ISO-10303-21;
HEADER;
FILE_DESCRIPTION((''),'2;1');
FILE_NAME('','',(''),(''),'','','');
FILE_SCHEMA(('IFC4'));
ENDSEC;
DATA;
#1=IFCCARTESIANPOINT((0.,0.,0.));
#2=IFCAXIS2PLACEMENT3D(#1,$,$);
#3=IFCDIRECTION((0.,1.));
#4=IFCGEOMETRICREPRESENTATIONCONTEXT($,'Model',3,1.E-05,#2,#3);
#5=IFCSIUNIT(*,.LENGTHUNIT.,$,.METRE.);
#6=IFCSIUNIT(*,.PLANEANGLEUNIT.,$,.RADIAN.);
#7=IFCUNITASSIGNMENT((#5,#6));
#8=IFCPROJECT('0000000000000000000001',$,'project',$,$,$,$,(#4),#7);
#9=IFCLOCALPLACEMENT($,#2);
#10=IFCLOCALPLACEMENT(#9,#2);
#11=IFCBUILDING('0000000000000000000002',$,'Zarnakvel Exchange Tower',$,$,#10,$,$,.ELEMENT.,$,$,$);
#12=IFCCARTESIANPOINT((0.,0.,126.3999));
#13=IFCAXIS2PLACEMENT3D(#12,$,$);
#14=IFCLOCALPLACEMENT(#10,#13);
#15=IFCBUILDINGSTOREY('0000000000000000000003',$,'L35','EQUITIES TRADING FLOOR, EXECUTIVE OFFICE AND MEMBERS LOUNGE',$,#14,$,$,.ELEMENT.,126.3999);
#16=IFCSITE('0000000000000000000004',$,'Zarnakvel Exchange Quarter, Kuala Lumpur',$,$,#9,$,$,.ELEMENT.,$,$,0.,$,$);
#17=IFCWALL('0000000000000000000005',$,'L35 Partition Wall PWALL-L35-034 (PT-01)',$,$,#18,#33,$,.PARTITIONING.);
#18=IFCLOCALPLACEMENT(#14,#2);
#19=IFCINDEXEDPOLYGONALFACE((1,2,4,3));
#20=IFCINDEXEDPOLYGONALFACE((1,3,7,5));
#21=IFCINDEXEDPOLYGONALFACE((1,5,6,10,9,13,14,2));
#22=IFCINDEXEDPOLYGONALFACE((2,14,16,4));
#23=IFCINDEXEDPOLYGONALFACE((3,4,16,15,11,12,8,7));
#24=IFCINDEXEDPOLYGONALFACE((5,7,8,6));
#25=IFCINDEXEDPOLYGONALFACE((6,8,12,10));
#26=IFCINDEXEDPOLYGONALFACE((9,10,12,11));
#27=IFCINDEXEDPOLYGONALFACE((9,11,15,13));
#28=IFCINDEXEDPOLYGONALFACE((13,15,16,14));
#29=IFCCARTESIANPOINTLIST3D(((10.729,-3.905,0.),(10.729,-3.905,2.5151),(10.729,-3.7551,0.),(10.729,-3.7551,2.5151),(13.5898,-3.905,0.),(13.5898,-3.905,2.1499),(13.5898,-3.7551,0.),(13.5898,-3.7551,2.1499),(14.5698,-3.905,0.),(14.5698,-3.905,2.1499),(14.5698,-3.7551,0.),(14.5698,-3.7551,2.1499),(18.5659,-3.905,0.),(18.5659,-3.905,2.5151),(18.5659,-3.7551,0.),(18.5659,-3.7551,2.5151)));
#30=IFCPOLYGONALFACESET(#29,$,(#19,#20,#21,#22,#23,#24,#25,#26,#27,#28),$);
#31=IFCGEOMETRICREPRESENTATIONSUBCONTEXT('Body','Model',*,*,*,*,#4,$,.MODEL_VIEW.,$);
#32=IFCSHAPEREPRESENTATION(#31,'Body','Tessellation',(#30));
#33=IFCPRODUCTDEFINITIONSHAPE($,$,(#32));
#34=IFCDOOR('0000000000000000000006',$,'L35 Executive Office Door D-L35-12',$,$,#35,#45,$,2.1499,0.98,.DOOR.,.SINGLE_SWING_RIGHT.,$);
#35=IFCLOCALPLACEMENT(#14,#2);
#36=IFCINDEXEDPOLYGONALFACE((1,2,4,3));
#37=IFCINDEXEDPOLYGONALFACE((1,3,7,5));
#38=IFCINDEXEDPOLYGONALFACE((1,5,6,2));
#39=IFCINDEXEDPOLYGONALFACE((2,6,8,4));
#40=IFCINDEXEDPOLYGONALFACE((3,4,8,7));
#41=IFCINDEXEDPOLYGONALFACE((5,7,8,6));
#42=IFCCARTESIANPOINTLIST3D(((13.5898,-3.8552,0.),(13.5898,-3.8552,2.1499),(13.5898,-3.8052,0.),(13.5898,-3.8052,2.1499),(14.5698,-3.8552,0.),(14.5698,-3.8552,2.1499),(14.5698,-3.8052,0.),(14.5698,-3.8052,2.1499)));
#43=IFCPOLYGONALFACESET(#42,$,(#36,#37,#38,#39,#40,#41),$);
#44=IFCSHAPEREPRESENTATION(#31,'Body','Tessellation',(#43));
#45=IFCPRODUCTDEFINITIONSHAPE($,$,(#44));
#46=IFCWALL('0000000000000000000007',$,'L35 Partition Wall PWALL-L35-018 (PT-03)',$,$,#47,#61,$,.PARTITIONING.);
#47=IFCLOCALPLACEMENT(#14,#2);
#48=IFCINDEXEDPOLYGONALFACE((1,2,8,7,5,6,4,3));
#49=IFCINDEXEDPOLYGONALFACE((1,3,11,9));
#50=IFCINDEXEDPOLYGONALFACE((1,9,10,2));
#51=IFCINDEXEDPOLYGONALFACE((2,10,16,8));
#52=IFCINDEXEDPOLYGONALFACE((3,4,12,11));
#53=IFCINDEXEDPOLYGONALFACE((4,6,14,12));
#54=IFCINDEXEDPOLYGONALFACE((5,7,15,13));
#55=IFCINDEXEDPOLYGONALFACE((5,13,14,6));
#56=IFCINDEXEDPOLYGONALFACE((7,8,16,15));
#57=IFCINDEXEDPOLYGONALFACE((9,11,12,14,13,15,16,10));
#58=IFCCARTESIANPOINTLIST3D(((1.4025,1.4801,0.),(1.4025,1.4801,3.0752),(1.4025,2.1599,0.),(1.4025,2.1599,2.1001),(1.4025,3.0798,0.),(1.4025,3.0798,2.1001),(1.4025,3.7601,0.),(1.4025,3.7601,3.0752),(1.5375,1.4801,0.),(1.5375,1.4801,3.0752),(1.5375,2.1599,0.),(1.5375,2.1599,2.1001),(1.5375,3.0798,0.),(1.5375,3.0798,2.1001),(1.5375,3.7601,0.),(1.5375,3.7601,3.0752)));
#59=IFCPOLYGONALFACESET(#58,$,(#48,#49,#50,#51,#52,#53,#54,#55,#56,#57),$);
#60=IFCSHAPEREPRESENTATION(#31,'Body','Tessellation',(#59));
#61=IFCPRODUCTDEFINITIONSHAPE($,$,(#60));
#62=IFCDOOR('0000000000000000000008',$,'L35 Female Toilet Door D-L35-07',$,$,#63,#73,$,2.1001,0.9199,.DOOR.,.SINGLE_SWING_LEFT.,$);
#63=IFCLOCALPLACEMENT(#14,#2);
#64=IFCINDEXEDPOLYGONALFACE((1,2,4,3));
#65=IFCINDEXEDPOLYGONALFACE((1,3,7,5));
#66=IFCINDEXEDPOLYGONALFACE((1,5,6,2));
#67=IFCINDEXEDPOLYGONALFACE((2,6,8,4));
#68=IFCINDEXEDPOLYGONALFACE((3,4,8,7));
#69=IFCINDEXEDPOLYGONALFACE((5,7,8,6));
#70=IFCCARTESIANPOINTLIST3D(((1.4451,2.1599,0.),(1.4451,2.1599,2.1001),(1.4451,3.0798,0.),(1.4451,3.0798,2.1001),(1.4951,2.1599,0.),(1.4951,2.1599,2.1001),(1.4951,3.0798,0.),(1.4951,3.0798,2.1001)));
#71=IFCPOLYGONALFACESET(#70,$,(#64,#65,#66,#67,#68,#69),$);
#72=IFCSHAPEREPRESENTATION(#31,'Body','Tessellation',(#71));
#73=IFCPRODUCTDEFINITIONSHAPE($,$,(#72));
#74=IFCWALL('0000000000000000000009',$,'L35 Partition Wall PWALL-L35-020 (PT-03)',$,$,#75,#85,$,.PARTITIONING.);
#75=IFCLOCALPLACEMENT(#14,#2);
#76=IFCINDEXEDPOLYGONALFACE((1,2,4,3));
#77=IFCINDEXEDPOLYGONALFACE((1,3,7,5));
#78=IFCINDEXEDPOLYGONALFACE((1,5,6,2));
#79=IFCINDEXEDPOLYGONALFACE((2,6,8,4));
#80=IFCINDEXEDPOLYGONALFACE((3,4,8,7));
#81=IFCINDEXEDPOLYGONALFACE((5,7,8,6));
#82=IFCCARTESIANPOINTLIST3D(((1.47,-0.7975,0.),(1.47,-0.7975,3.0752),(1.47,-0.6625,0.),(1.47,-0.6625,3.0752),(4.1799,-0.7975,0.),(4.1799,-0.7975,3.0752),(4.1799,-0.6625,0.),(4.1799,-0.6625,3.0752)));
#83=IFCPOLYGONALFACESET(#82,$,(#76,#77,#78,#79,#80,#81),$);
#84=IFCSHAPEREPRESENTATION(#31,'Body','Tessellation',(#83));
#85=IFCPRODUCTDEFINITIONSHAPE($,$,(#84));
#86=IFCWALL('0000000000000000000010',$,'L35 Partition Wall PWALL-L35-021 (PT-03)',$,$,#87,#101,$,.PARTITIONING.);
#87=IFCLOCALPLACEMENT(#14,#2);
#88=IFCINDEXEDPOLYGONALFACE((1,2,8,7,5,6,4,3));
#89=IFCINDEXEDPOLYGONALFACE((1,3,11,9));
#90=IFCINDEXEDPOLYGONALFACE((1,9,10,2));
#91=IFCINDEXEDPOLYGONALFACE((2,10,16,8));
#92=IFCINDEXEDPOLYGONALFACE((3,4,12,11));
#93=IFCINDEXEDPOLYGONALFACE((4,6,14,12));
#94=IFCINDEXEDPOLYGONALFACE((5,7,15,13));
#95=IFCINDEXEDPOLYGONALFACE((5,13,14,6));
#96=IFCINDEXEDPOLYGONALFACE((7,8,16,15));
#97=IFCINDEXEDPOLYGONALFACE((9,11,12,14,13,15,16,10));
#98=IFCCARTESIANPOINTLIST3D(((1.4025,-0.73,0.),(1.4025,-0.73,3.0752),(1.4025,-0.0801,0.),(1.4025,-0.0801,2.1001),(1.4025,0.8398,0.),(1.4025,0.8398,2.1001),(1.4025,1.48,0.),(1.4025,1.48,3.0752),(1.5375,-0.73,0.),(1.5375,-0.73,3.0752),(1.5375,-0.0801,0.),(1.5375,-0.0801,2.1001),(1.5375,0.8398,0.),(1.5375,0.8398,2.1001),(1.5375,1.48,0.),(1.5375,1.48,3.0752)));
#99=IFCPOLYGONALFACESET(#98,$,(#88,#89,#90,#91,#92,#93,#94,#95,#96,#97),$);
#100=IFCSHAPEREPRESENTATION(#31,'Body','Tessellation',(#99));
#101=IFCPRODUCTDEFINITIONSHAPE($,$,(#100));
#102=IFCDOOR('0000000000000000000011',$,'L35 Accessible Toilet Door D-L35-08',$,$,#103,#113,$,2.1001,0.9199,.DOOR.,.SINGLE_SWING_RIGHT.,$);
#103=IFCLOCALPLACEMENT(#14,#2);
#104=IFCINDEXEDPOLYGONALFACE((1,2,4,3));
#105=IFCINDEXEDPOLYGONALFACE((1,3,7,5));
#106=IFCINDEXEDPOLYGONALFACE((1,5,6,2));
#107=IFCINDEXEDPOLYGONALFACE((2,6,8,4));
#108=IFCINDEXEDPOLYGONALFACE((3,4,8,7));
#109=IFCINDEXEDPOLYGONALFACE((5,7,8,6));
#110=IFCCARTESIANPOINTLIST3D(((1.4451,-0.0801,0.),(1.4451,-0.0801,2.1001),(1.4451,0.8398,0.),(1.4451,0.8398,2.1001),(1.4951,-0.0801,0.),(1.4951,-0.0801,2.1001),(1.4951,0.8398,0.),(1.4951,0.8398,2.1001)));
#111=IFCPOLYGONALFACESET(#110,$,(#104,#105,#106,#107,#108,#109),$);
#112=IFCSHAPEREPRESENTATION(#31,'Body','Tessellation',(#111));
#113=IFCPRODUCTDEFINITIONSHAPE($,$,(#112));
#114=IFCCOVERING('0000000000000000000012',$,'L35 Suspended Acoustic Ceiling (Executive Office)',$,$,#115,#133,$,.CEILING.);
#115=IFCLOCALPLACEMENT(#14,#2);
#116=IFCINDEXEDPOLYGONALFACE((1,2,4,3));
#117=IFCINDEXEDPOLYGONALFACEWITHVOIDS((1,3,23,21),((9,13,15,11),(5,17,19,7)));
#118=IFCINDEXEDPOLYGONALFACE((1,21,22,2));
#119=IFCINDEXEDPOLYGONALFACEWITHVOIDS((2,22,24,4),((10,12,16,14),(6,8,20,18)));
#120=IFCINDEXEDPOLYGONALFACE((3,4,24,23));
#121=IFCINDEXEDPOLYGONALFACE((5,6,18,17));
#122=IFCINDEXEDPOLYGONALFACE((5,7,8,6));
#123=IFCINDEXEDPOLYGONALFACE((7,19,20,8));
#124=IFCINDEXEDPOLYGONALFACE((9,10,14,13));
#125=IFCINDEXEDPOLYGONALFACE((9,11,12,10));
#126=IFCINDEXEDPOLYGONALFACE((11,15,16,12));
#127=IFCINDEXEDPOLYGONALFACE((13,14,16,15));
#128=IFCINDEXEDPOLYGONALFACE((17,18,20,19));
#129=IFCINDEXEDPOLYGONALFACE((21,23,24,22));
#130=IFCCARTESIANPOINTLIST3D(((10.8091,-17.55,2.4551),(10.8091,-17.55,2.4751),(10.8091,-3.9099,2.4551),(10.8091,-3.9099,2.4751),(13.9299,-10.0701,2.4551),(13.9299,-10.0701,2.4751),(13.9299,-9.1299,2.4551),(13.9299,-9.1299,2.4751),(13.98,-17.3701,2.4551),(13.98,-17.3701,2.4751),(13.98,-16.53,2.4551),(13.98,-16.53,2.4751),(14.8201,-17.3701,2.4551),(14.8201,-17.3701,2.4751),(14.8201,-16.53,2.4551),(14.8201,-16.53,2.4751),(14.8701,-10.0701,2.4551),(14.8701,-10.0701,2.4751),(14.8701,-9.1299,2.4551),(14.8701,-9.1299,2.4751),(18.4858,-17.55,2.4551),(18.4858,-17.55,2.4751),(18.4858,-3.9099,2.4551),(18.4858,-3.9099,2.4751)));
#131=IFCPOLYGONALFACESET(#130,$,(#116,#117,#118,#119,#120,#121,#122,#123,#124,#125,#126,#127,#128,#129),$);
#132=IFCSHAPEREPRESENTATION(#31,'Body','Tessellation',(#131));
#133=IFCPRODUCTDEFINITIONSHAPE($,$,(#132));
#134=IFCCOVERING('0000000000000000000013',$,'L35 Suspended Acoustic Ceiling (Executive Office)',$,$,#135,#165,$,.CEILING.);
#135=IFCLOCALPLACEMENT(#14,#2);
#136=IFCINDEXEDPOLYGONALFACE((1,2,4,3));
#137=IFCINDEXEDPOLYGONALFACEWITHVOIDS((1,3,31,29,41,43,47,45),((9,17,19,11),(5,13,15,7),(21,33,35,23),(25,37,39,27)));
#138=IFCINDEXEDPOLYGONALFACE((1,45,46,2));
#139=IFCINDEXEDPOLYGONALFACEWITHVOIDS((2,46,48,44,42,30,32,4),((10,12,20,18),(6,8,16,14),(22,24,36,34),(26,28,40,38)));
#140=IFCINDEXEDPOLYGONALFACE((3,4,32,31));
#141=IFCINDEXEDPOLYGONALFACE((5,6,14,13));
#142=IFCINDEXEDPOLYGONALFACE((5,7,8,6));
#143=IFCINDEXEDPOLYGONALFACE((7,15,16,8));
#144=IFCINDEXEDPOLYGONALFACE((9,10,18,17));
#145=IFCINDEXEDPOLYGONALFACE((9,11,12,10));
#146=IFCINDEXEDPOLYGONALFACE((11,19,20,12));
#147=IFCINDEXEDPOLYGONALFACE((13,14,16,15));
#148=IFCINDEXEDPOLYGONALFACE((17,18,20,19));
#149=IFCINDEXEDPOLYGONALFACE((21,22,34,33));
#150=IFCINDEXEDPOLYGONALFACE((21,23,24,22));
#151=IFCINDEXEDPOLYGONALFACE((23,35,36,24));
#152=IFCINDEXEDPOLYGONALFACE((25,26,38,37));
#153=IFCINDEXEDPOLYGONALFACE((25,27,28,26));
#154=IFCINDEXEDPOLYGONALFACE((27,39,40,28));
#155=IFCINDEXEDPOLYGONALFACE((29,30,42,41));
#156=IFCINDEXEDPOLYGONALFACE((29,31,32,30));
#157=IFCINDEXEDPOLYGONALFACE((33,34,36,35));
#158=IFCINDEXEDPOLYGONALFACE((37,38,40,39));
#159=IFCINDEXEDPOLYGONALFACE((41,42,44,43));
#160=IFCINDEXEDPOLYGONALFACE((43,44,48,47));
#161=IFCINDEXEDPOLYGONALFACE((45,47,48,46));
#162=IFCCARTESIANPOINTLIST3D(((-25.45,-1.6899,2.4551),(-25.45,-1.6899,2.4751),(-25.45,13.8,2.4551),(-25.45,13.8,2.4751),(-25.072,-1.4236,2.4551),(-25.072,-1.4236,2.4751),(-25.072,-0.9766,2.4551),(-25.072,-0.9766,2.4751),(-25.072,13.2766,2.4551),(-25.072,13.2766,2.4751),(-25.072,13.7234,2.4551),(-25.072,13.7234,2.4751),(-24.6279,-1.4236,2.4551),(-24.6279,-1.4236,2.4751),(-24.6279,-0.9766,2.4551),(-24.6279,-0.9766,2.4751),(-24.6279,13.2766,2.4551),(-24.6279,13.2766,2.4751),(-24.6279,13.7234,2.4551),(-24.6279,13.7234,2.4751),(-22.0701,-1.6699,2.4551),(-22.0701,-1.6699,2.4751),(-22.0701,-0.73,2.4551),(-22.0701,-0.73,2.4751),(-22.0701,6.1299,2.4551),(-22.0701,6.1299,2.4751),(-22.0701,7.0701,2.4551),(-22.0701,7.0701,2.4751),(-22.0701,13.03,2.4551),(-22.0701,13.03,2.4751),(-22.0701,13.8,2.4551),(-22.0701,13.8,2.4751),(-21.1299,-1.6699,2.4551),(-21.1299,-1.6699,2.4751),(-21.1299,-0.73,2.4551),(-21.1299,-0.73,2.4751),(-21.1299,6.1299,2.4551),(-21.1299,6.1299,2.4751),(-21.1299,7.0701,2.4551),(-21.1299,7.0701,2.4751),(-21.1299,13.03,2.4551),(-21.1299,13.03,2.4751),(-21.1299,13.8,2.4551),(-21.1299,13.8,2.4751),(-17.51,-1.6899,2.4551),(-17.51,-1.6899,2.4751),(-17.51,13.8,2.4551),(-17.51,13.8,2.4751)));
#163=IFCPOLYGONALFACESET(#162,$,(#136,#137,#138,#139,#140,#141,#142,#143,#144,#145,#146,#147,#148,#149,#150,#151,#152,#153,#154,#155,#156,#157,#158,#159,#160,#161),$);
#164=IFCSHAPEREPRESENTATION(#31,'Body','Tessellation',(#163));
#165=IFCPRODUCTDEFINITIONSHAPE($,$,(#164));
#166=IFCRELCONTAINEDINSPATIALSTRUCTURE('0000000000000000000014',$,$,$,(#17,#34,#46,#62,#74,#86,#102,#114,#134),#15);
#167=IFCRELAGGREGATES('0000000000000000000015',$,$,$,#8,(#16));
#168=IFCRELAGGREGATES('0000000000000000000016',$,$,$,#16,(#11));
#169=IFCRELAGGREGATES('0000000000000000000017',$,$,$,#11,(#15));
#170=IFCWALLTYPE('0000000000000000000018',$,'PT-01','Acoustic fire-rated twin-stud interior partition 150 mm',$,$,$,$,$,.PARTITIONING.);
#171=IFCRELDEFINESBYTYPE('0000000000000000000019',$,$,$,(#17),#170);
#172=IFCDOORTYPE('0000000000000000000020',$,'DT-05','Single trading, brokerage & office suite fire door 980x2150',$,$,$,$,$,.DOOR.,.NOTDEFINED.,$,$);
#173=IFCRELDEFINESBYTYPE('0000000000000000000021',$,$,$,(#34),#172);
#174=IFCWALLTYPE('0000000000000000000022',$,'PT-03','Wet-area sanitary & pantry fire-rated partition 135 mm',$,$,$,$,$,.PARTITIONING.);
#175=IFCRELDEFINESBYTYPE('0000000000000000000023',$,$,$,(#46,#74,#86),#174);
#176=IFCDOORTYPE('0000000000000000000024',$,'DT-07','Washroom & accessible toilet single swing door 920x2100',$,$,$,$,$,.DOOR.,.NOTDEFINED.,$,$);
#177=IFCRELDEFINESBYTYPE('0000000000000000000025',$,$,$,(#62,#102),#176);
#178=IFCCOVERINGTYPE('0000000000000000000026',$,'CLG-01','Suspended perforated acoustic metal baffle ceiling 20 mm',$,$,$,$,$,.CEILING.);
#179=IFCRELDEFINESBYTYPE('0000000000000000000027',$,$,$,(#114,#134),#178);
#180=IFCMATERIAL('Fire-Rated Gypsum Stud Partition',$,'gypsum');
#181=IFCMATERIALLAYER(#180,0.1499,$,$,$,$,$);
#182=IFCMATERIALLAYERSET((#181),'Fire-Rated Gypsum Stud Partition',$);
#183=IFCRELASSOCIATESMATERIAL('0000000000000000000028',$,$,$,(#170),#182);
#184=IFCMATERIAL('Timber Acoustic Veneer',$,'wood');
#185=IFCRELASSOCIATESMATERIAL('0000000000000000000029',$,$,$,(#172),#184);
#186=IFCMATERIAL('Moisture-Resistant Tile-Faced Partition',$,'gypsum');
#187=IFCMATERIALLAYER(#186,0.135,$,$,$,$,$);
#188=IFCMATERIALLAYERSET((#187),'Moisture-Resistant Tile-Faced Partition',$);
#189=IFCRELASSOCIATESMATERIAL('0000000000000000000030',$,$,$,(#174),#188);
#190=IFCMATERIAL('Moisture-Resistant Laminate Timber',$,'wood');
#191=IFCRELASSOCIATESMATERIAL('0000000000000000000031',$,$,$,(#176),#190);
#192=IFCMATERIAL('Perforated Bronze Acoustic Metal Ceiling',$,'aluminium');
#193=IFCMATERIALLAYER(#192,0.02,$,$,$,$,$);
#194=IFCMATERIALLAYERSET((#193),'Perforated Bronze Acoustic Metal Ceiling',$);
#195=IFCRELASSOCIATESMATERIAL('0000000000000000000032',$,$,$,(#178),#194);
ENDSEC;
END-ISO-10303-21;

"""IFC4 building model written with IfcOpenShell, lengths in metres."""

from ifc_helpers import new_model, si_unit, direction, frame, frame_2d, origin, place, context, subcontext, project, spatial, polyline, rectangle, outline, extrude, source, transform, mapped, material, layer, layer_set, type_object, element, fill, save


model = new_model("IFC4")

# Units and contexts
model_context = context("Model", 3, precision=1e-05, world=origin(), true_north=direction((0.0, 1.0)))
body_context = subcontext(model_context, "Body", "Model", "MODEL_VIEW")
ifc_project = project(units=[si_unit("LENGTHUNIT", "METRE"), si_unit("PLANEANGLEUNIT", "RADIAN")], contexts=[model_context])

# Site, building, storey
site_placement = place(None, origin())
site = spatial("IfcSite", under=ifc_project, at=site_placement, Name="Zarnakvel Exchange Quarter, Kuala Lumpur", CompositionType="ELEMENT", RefElevation=0.0)
building_placement = place(site_placement, origin())
building = spatial("IfcBuilding", under=site, at=building_placement, Name="Zarnakvel Exchange Tower", CompositionType="ELEMENT")
storey_placement = place(building_placement, frame((0.0, 0.0, 126.3999)))
storey = spatial("IfcBuildingStorey", under=building, at=storey_placement, Name="L35", Description="EQUITIES TRADING FLOOR, EXECUTIVE OFFICE AND MEMBERS LOUNGE", CompositionType="ELEMENT", Elevation=126.3999)

# Shared definitions
ifc_material_1 = material(Name="Fire-Rated Gypsum Stud Partition", Category="gypsum")
ifc_layer_1 = layer(ifc_material_1, 0.1499)
ifc_layer_set_1 = layer_set([ifc_layer_1], Name="Fire-Rated Gypsum Stud Partition")
wall_type_1 = type_object("IfcWallType", Name="PT-01", Description="Acoustic fire-rated twin-stud interior partition 150 mm", PredefinedType="PARTITIONING", material=ifc_layer_set_1)
ifc_material_2 = material(Name="Timber Acoustic Veneer", Category="wood")
door_type_1 = type_object("IfcDoorType", Name="DT-05", Description="Single trading, brokerage & office suite fire door 980x2150", OperationType="NOTDEFINED", PredefinedType="DOOR", material=ifc_material_2)
shared_shape_1 = source(origin(), body_context, "Body", "SweptSolid", [
    extrude(rectangle(XDim=0.98, YDim=2.1499, at=frame_2d((0.49, 1.075))), frame((0.0, 0.0249, 0.0), z_axis=(0.0, -1.0, 0.0), x_axis=(1.0, 0.0, 0.0)), (0.0, 0.0, 1.0), 0.05),
])

# Walls, openings, doors
wall_1_placement = place(storey_placement, frame((10.729, -3.8301, 0.0), z_axis=(0.0, 0.0, 1.0), x_axis=(1.0, 0.0, 0.0)))
wall_1 = element("IfcWall", 1, at=wall_1_placement, inside=storey, type_object=wall_type_1, Name="L35 Partition Wall PWALL-L35-034 (PT-01)", PredefinedType="PARTITIONING", context=body_context, shape_type="SweptSolid", body=[
    extrude(rectangle(XDim=7.8369, YDim=0.1499, at=frame_2d((3.9185, 0.0))), origin(), (0.0, 0.0, 1.0), 2.5151),
])
opening_1_placement = place(wall_1_placement, frame((2.8608, 0.0, 0.0)))
opening_1 = element("IfcOpeningElement", 2, at=opening_1_placement, cuts=wall_1, PredefinedType="OPENING", context=body_context, shape_type="SweptSolid", body=[
    extrude(rectangle(XDim=0.98, YDim=2.1499, at=frame_2d((0.49, 1.075))), frame((0.0, 0.085, 0.0), z_axis=(0.0, -1.0, 0.0), x_axis=(1.0, 0.0, 0.0)), (0.0, 0.0, 1.0), 0.1699),
])
door_1_placement = place(opening_1_placement, origin())
door_1 = element("IfcDoor", 3, at=door_1_placement, inside=storey, type_object=door_type_1, Name="L35 Executive Office Door D-L35-12", OperationType="SINGLE_SWING_RIGHT", OverallHeight=2.1499, OverallWidth=0.98, PredefinedType="DOOR", context=body_context, shape_type="MappedRepresentation", body=[
    mapped(shared_shape_1, transform((0.0, 0.0, 0.0), x_axis=(1.0, 0.0, 0.0), y_axis=(0.0, 1.0, 0.0), z_axis=(0.0, 0.0, 1.0), scale=1.0)),
])
fill(opening_1, door_1)
ifc_material_3 = material(Name="Moisture-Resistant Tile-Faced Partition", Category="gypsum")
ifc_layer_2 = layer(ifc_material_3, 0.135)
ifc_layer_set_2 = layer_set([ifc_layer_2], Name="Moisture-Resistant Tile-Faced Partition")
wall_type_2 = type_object("IfcWallType", Name="PT-03", Description="Wet-area sanitary & pantry fire-rated partition 135 mm", PredefinedType="PARTITIONING", material=ifc_layer_set_2)
wall_2_placement = place(storey_placement, frame((1.47, 1.48, 0.0), z_axis=(0.0, 0.0, 1.0), x_axis=(0.0, 1.0, 0.0)))
wall_2 = element("IfcWall", 4, at=wall_2_placement, inside=storey, type_object=wall_type_2, Name="L35 Partition Wall PWALL-L35-018 (PT-03)", PredefinedType="PARTITIONING", context=body_context, shape_type="SweptSolid", body=[
    extrude(rectangle(XDim=2.28, YDim=0.135, at=frame_2d((1.1401, 0.0))), origin(), (0.0, 0.0, 1.0), 3.0752),
])
opening_2_placement = place(wall_2_placement, frame((0.6799, 0.0, 0.0)))
opening_2 = element("IfcOpeningElement", 5, at=opening_2_placement, cuts=wall_2, PredefinedType="OPENING", context=body_context, shape_type="SweptSolid", body=[
    extrude(rectangle(XDim=0.9199, YDim=2.1001, at=frame_2d((0.46, 1.05))), frame((0.0, 0.0774, 0.0), z_axis=(0.0, -1.0, 0.0), x_axis=(1.0, 0.0, 0.0)), (0.0, 0.0, 1.0), 0.155),
])
ifc_material_4 = material(Name="Moisture-Resistant Laminate Timber", Category="wood")
door_type_2 = type_object("IfcDoorType", Name="DT-07", Description="Washroom & accessible toilet single swing door 920x2100", OperationType="NOTDEFINED", PredefinedType="DOOR", material=ifc_material_4)
shared_shape_2 = source(origin(), body_context, "Body", "SweptSolid", [
    extrude(rectangle(XDim=0.9199, YDim=2.1001, at=frame_2d((0.46, 1.05))), frame((0.0, 0.0249, 0.0), z_axis=(0.0, -1.0, 0.0), x_axis=(1.0, 0.0, 0.0)), (0.0, 0.0, 1.0), 0.05),
])
door_2_placement = place(opening_2_placement, origin())
door_2 = element("IfcDoor", 6, at=door_2_placement, inside=storey, type_object=door_type_2, Name="L35 Female Toilet Door D-L35-07", OperationType="SINGLE_SWING_LEFT", OverallHeight=2.1001, OverallWidth=0.9199, PredefinedType="DOOR", context=body_context, shape_type="MappedRepresentation", body=[
    mapped(shared_shape_2, transform((0.0, 0.0, 0.0), x_axis=(1.0, 0.0, 0.0), y_axis=(0.0, 1.0, 0.0), z_axis=(0.0, 0.0, 1.0), scale=1.0)),
])
fill(opening_2, door_2)

# Wall
wall_3_placement = place(storey_placement, frame((4.1799, -0.73, 0.0), z_axis=(0.0, 0.0, 1.0), x_axis=(-1.0, 0.0, 0.0)))
element("IfcWall", 7, at=wall_3_placement, inside=storey, type_object=wall_type_2, Name="L35 Partition Wall PWALL-L35-020 (PT-03)", PredefinedType="PARTITIONING", context=body_context, shape_type="SweptSolid", body=[
    extrude(rectangle(XDim=2.71, YDim=0.135, at=frame_2d((1.355, 0.0))), origin(), (0.0, 0.0, 1.0), 3.0752),
])

# Wall, opening, door
wall_4_placement = place(storey_placement, frame((1.47, -0.73, 0.0), z_axis=(0.0, 0.0, 1.0), x_axis=(0.0, 1.0, 0.0)))
wall_4 = element("IfcWall", 8, at=wall_4_placement, inside=storey, type_object=wall_type_2, Name="L35 Partition Wall PWALL-L35-021 (PT-03)", PredefinedType="PARTITIONING", context=body_context, shape_type="SweptSolid", body=[
    extrude(rectangle(XDim=2.21, YDim=0.135, at=frame_2d((1.105, 0.0))), origin(), (0.0, 0.0, 1.0), 3.0752),
])
opening_3_placement = place(wall_4_placement, frame((0.6499, 0.0, 0.0)))
opening_3 = element("IfcOpeningElement", 9, at=opening_3_placement, cuts=wall_4, PredefinedType="OPENING", context=body_context, shape_type="SweptSolid", body=[
    extrude(rectangle(XDim=0.9199, YDim=2.1001, at=frame_2d((0.46, 1.05))), frame((0.0, 0.0774, 0.0), z_axis=(0.0, -1.0, 0.0), x_axis=(1.0, 0.0, 0.0)), (0.0, 0.0, 1.0), 0.155),
])
door_3_placement = place(opening_3_placement, origin())
door_3 = element("IfcDoor", 10, at=door_3_placement, inside=storey, type_object=door_type_2, Name="L35 Accessible Toilet Door D-L35-08", OperationType="SINGLE_SWING_RIGHT", OverallHeight=2.1001, OverallWidth=0.9199, PredefinedType="DOOR", context=body_context, shape_type="MappedRepresentation", body=[
    mapped(shared_shape_2, transform((0.0, 0.0, 0.0), x_axis=(1.0, 0.0, 0.0), y_axis=(0.0, 1.0, 0.0), z_axis=(0.0, 0.0, 1.0), scale=1.0)),
])
fill(opening_3, door_3)

# Coverings
ifc_material_5 = material(Name="Perforated Bronze Acoustic Metal Ceiling", Category="aluminium")
ifc_layer_3 = layer(ifc_material_5, 0.02)
ifc_layer_set_3 = layer_set([ifc_layer_3], Name="Perforated Bronze Acoustic Metal Ceiling")
covering_type_1 = type_object("IfcCoveringType", Name="CLG-01", Description="Suspended perforated acoustic metal baffle ceiling 20 mm", PredefinedType="CEILING", material=ifc_layer_set_3)
covering_1_placement = place(storey_placement, frame((0.0, 0.0, 2.4551)))
element("IfcCovering", 11, at=covering_1_placement, inside=storey, type_object=covering_type_1, Name="L35 Suspended Acoustic Ceiling (Executive Office)", PredefinedType="CEILING", context=body_context, shape_type="SweptSolid", body=[
    extrude(outline(polyline([(10.8091, -3.9099), (18.4858, -3.9099), (18.4858, -17.55), (10.8091, -17.55), (10.8091, -3.9099)]), holes=[polyline([(13.9299, -10.0701), (14.8701, -10.0701), (14.8701, -9.1299), (13.9299, -9.1299), (13.9299, -10.0701)]), polyline([(14.8201, -17.3701), (14.8201, -16.53), (13.98, -16.53), (13.98, -17.3701), (14.8201, -17.3701)])]), origin(), (0.0, 0.0, 1.0), 0.02),
])
covering_2_placement = place(storey_placement, frame((0.0, 0.0, 2.4551)))
element("IfcCovering", 12, at=covering_2_placement, inside=storey, type_object=covering_type_1, Name="L35 Suspended Acoustic Ceiling (Executive Office)", PredefinedType="CEILING", context=body_context, shape_type="SweptSolid", body=[
    extrude(outline(polyline([(-25.45, 13.8), (-22.0701, 13.8), (-22.0701, 13.03), (-21.1299, 13.03), (-21.1299, 13.8), (-17.51, 13.8), (-17.51, -1.6899), (-25.45, -1.6899), (-25.45, 13.8)]), holes=[polyline([(-21.1299, 6.1299), (-21.1299, 7.0701), (-22.0701, 7.0701), (-22.0701, 6.1299), (-21.1299, 6.1299)]), polyline([(-21.1299, -1.6699), (-21.1299, -0.73), (-22.0701, -0.73), (-22.0701, -1.6699), (-21.1299, -1.6699)]), polyline([(-24.6279, 13.2766), (-24.6279, 13.7234), (-25.072, 13.7234), (-25.072, 13.2766), (-24.6279, 13.2766)]), polyline([(-24.6279, -1.4236), (-24.6279, -0.9766), (-25.072, -0.9766), (-25.072, -1.4236), (-24.6279, -1.4236)])]), origin(), (0.0, 0.0, 1.0), 0.02),
])

save(model, "model.ifc")
